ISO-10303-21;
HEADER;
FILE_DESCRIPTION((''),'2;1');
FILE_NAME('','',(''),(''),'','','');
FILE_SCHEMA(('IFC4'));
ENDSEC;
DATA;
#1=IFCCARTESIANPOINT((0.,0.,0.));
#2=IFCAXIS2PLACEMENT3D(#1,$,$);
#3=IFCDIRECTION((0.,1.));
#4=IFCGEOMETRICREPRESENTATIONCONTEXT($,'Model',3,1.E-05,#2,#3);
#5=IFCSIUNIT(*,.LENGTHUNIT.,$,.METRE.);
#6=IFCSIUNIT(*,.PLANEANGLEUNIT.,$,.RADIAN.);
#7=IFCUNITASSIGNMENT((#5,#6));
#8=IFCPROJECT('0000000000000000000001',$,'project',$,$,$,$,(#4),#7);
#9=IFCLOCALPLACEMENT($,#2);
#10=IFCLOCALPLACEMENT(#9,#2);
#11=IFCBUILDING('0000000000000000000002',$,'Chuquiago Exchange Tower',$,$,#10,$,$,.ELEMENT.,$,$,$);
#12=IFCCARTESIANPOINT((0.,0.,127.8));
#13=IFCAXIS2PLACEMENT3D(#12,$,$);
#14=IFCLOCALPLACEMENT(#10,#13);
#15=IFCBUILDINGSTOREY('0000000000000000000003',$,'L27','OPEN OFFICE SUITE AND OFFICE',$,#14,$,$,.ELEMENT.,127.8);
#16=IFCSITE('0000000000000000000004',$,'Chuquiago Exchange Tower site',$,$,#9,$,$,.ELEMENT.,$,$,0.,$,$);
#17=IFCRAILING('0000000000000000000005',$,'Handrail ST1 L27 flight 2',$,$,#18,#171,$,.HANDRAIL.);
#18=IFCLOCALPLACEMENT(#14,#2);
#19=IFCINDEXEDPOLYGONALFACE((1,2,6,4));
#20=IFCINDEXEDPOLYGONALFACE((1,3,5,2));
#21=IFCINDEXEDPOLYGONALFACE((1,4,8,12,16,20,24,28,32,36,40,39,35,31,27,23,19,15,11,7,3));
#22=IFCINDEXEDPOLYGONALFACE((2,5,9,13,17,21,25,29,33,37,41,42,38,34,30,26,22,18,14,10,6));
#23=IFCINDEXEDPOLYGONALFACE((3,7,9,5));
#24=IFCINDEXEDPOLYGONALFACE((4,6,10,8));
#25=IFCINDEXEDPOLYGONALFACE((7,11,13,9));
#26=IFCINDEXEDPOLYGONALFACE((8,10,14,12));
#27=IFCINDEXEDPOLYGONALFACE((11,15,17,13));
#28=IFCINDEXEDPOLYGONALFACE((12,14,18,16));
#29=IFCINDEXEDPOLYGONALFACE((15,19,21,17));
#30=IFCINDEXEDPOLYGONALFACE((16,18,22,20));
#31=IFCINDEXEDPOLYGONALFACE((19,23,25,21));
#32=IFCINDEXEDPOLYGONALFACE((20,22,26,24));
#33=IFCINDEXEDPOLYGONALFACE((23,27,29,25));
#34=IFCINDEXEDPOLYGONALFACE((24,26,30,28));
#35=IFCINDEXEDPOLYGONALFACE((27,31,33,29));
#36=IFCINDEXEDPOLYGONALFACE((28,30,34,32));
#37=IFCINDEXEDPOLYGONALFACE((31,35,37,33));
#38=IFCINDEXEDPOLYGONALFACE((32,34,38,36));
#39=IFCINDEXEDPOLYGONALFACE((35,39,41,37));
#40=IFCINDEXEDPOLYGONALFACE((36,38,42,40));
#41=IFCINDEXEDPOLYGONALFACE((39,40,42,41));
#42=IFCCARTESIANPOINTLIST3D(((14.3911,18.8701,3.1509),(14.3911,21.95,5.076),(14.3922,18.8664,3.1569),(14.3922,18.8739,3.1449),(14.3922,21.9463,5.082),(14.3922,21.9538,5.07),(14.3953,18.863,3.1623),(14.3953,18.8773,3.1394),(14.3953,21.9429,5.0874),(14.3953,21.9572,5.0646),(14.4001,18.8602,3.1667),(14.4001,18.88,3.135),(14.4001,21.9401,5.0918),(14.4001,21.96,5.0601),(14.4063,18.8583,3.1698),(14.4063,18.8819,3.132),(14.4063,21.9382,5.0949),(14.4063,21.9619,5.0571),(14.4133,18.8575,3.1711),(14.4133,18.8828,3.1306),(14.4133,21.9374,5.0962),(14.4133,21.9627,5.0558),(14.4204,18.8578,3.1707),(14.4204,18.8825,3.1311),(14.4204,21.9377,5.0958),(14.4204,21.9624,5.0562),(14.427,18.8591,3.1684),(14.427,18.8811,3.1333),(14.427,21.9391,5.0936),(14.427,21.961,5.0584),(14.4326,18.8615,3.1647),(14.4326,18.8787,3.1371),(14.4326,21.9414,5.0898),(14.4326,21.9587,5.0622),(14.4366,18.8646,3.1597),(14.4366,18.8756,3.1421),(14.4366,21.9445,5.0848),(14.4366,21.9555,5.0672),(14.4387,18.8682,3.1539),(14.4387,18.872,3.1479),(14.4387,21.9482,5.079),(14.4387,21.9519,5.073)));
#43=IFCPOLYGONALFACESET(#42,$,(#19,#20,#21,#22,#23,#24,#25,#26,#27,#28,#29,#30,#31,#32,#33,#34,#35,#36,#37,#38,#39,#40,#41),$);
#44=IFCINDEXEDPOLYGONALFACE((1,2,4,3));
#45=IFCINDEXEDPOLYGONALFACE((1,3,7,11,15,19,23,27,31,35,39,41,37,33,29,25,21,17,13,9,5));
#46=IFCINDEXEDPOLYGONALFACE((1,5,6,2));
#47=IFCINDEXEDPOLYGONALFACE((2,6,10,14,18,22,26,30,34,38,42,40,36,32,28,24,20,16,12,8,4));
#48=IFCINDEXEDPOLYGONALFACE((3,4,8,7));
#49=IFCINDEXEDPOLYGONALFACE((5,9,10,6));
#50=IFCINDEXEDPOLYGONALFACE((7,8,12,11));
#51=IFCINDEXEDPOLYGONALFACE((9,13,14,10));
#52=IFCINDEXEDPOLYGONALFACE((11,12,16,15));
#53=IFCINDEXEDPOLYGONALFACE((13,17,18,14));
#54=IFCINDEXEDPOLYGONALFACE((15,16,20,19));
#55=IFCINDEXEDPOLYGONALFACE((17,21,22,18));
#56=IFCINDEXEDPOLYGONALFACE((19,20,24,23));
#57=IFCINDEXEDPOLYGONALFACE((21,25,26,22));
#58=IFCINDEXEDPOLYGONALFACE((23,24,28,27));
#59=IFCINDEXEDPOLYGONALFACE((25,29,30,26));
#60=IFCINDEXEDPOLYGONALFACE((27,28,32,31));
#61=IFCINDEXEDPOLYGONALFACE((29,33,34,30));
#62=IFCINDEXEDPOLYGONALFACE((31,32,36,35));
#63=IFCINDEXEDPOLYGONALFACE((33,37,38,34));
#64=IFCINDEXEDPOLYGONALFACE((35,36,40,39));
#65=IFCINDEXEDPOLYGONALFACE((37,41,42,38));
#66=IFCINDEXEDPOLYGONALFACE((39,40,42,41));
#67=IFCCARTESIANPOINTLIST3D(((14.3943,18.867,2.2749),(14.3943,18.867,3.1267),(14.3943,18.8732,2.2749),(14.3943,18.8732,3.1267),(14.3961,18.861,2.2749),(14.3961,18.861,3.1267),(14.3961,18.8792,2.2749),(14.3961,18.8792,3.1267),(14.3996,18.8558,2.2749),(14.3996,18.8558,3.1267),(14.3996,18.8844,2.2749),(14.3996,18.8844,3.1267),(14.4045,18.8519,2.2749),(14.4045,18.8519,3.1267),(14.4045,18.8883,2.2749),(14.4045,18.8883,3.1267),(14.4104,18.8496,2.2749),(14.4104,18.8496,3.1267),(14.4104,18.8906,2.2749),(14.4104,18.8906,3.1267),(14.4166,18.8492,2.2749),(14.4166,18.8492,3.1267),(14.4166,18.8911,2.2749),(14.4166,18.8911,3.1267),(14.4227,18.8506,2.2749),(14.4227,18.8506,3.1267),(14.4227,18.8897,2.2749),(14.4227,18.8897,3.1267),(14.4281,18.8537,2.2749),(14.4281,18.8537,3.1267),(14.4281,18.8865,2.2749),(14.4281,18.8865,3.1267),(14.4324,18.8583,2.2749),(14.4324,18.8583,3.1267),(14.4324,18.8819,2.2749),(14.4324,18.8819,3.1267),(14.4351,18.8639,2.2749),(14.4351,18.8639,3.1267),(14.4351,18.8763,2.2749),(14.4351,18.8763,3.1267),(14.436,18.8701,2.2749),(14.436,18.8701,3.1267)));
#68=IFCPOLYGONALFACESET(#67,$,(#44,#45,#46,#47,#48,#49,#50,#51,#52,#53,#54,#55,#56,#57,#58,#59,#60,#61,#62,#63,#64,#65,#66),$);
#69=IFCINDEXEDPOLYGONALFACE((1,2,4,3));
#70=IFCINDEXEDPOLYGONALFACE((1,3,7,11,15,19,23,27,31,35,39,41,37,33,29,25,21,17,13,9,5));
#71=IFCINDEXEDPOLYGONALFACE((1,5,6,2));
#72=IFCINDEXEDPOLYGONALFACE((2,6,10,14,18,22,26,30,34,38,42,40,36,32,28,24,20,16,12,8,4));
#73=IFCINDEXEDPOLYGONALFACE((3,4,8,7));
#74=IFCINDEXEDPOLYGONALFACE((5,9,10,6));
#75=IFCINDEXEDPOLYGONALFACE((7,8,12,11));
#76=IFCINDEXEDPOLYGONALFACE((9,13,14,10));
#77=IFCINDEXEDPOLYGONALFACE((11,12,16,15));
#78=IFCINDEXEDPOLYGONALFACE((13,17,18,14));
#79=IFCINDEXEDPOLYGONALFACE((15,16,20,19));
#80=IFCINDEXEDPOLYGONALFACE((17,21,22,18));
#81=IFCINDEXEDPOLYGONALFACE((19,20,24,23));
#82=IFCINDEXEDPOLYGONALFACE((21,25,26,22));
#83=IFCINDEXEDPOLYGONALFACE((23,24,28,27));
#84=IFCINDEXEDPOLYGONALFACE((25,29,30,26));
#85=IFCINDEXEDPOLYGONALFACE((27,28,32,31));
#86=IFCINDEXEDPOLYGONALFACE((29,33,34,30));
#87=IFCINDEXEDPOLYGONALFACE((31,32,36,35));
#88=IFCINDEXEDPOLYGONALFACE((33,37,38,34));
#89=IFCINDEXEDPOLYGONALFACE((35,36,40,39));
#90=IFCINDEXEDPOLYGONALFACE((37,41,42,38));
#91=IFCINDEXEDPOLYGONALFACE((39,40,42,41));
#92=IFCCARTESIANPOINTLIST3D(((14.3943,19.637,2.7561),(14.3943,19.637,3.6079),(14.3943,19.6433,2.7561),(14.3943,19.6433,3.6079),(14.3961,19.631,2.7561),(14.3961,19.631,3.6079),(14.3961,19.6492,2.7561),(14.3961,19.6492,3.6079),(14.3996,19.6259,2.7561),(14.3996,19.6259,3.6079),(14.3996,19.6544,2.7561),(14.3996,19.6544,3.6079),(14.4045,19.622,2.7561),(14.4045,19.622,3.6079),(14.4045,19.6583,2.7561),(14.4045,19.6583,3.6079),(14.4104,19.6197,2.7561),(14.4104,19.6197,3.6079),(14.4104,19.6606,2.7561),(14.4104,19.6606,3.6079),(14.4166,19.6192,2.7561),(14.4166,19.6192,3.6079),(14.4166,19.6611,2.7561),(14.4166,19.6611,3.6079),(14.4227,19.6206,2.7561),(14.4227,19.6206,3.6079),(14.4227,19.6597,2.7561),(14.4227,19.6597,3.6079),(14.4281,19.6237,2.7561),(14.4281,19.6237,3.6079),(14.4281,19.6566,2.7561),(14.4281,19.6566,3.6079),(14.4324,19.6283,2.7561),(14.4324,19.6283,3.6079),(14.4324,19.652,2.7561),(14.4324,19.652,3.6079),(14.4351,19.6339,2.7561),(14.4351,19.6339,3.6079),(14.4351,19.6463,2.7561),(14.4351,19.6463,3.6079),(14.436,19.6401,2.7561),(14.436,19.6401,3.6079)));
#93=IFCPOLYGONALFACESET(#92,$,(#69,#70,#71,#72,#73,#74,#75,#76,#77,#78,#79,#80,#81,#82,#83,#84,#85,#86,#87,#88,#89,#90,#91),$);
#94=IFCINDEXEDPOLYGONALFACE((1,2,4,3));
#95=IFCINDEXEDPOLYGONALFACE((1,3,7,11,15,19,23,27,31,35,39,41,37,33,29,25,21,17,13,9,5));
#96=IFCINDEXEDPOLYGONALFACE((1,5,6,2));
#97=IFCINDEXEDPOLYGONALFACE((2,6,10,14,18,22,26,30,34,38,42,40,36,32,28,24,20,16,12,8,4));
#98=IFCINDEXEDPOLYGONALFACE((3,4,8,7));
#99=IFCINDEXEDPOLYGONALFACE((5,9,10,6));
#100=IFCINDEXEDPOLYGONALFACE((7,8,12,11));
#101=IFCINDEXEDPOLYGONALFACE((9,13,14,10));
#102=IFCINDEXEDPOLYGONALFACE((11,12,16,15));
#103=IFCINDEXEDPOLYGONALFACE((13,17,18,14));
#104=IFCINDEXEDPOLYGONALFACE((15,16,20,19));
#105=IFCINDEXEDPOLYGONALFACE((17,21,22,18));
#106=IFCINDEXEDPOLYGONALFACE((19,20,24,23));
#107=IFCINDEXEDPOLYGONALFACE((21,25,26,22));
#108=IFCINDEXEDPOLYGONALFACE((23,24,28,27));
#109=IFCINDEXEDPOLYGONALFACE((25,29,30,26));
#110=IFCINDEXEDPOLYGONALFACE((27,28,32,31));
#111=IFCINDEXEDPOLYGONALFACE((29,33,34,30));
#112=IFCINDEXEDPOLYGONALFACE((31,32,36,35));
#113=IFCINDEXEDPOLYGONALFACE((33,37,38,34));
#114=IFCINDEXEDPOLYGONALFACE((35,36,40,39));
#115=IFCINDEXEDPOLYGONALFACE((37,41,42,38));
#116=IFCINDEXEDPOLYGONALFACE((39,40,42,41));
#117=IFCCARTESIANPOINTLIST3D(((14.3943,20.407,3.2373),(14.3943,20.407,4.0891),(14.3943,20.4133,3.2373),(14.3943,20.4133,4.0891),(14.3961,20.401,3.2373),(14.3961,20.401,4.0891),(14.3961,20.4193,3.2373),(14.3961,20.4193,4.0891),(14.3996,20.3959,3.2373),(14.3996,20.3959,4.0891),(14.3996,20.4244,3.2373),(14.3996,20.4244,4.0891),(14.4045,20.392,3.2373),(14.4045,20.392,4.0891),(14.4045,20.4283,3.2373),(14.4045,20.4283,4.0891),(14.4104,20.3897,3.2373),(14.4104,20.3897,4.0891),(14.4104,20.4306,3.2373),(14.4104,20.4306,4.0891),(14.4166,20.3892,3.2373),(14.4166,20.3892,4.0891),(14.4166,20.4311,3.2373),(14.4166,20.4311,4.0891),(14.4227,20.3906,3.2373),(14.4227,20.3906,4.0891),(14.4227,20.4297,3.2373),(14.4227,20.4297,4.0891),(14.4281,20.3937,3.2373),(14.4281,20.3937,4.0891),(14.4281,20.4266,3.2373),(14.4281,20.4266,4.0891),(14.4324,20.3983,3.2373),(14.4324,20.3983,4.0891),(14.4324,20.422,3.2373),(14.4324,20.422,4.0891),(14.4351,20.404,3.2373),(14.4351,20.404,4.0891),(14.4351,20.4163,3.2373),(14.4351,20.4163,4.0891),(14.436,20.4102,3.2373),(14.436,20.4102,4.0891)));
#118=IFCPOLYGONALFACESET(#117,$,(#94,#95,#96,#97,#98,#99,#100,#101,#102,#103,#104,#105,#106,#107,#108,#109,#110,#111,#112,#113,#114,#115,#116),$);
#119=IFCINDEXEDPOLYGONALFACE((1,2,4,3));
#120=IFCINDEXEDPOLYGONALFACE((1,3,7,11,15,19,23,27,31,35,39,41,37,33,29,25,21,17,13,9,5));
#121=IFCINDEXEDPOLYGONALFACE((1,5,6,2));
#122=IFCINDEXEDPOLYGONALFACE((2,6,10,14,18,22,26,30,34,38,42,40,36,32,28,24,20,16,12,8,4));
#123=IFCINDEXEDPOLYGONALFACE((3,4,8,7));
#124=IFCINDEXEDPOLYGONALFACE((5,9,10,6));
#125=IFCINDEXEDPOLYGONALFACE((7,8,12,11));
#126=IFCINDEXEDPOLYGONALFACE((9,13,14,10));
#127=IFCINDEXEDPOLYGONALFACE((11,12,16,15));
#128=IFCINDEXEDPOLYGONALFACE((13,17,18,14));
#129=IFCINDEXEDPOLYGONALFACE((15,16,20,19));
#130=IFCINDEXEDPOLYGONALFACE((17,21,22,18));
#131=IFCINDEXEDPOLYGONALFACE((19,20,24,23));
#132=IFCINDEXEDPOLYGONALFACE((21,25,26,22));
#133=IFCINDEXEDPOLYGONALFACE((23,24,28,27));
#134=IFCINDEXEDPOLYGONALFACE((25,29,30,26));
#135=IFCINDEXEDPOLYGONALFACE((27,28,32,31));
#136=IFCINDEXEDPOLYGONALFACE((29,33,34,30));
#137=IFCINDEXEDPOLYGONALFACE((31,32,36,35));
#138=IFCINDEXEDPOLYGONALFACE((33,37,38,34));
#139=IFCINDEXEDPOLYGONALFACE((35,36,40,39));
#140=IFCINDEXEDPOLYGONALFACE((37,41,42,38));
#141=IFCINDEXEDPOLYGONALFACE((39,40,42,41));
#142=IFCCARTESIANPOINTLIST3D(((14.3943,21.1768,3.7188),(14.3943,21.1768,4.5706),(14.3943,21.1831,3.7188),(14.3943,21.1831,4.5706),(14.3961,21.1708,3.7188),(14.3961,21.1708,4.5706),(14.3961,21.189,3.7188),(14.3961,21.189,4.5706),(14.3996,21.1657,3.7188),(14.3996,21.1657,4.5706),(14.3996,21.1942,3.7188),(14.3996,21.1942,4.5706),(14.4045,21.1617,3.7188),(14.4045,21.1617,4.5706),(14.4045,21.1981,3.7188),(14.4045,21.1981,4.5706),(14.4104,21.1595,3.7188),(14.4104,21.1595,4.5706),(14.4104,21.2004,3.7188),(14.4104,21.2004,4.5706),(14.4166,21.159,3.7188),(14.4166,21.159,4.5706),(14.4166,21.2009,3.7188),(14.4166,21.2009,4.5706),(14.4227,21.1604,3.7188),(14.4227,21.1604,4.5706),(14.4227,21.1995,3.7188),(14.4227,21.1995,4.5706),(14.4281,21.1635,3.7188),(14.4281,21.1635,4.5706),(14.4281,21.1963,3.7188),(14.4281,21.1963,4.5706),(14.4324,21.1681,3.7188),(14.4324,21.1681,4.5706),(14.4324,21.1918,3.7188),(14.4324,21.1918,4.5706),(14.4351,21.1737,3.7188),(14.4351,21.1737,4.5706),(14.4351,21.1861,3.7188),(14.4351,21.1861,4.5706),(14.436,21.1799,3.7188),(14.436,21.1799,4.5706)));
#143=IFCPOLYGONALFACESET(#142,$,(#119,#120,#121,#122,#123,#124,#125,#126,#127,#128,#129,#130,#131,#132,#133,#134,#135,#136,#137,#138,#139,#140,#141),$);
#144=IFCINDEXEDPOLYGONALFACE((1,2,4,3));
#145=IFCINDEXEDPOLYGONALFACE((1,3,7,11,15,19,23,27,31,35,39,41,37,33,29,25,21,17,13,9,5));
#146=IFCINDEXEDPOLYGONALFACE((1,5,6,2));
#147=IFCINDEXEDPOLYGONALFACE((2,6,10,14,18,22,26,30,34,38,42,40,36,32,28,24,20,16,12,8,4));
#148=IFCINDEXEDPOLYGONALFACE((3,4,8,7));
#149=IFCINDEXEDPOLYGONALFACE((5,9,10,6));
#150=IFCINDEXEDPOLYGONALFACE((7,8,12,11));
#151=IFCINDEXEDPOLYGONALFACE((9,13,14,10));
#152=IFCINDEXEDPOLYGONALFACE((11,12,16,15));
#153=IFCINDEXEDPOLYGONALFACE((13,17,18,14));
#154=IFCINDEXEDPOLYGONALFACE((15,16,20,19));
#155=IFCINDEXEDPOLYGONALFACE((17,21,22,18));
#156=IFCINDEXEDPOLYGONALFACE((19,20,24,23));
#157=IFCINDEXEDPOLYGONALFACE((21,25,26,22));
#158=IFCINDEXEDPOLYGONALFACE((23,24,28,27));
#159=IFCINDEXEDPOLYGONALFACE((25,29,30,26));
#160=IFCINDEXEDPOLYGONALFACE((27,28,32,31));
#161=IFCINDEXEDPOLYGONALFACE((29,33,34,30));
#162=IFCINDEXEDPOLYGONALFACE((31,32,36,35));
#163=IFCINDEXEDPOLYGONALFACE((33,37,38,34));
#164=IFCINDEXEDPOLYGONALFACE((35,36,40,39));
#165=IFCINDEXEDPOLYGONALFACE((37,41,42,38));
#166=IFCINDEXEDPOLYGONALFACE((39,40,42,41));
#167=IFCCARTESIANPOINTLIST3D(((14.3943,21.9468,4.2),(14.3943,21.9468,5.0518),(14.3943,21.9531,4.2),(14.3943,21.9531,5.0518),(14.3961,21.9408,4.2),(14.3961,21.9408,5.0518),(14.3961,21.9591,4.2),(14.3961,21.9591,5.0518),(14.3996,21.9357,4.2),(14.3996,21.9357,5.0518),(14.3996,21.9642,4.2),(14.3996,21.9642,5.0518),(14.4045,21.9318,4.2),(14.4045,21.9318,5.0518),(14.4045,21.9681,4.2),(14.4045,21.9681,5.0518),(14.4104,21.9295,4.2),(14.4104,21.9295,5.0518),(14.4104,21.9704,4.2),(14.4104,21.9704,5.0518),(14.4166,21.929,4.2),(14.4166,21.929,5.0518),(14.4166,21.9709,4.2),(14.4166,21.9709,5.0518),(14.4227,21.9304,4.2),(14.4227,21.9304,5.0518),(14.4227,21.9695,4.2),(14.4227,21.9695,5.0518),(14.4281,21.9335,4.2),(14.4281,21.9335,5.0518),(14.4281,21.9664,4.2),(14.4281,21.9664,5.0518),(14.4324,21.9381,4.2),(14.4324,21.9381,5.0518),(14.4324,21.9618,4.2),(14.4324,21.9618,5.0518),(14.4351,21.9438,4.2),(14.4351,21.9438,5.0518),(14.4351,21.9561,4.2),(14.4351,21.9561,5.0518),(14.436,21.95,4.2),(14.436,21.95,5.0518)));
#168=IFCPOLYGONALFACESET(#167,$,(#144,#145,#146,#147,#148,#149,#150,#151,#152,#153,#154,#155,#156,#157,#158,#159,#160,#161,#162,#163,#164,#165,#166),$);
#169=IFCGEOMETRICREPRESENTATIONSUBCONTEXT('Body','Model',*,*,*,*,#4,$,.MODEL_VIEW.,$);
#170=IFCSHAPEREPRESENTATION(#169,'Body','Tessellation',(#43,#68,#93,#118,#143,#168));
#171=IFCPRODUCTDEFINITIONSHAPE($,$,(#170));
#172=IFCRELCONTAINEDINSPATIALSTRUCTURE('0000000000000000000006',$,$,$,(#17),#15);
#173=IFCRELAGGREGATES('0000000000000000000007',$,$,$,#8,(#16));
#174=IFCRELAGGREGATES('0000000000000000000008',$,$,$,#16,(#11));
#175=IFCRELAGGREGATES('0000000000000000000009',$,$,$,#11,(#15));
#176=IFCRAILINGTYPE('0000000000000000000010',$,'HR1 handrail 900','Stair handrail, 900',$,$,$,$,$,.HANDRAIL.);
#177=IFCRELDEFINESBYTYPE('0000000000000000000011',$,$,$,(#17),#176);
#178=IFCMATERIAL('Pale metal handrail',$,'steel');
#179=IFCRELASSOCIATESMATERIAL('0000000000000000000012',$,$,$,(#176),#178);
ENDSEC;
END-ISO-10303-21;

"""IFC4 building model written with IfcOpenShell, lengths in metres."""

from ifc_helpers import new_model, si_unit, direction, frame, origin, origin_2d, place, context, subcontext, project, spatial, circle, extrude, material, type_object, element, save


model = new_model("IFC4")

# Units and contexts
model_context = context("Model", 3, precision=1e-05, world=origin(), true_north=direction((0.0, 1.0)))
body_context = subcontext(model_context, "Body", "Model", "MODEL_VIEW")
ifc_project = project(units=[si_unit("LENGTHUNIT", "METRE"), si_unit("PLANEANGLEUNIT", "RADIAN")], contexts=[model_context])

# Site, building, storey
site_placement = place(None, origin())
site = spatial("IfcSite", under=ifc_project, at=site_placement, Name="Chuquiago Exchange Tower site", CompositionType="ELEMENT", RefElevation=0.0)
building_placement = place(site_placement, origin())
building = spatial("IfcBuilding", under=site, at=building_placement, Name="Chuquiago Exchange Tower", CompositionType="ELEMENT")
storey_placement = place(building_placement, frame((0.0, 0.0, 127.8)))
storey = spatial("IfcBuildingStorey", under=building, at=storey_placement, Name="L27", Description="OPEN OFFICE SUITE AND OFFICE", CompositionType="ELEMENT", Elevation=127.8)

# Railing
ifc_material_1 = material(Name="Pale metal handrail", Category="steel")
railing_type_1 = type_object("IfcRailingType", Name="HR1 handrail 900", Description="Stair handrail, 900", PredefinedType="HANDRAIL", material=ifc_material_1)
for number, where, name in (
    (1, (14.415, 18.8701, 2.2749), "Handrail ST1 L27 flight 2"),
):
    element("IfcRailing", number, at=place(storey_placement, frame(where)), inside=storey, type_object=railing_type_1, Name=name, PredefinedType="HANDRAIL", context=body_context, shape_type="SweptSolid", body=[
        extrude(circle(Radius=0.0239, at=origin_2d()), frame((0.0, 0.0, 0.876), z_axis=(0.0, 0.847979, 0.530029), x_axis=(-1.0, 0.0, 0.0)), (0.0, 0.0, 1.0), 3.6321),
        extrude(circle(Radius=0.021, at=origin_2d()), origin(), (0.0, 0.0, 1.0), 0.8518),
        extrude(circle(Radius=0.021, at=origin_2d()), frame((0.0, 0.77, 0.4812)), (0.0, 0.0, 1.0), 0.8518),
        extrude(circle(Radius=0.021, at=origin_2d()), frame((0.0, 1.54, 0.9624)), (0.0, 0.0, 1.0), 0.8518),
        extrude(circle(Radius=0.021, at=origin_2d()), frame((0.0, 2.3098, 1.4438)), (0.0, 0.0, 1.0), 0.8518),
        extrude(circle(Radius=0.021, at=origin_2d()), frame((0.0, 3.0798, 1.925)), (0.0, 0.0, 1.0), 0.8518),
    ])

save(model, "model.ifc")
